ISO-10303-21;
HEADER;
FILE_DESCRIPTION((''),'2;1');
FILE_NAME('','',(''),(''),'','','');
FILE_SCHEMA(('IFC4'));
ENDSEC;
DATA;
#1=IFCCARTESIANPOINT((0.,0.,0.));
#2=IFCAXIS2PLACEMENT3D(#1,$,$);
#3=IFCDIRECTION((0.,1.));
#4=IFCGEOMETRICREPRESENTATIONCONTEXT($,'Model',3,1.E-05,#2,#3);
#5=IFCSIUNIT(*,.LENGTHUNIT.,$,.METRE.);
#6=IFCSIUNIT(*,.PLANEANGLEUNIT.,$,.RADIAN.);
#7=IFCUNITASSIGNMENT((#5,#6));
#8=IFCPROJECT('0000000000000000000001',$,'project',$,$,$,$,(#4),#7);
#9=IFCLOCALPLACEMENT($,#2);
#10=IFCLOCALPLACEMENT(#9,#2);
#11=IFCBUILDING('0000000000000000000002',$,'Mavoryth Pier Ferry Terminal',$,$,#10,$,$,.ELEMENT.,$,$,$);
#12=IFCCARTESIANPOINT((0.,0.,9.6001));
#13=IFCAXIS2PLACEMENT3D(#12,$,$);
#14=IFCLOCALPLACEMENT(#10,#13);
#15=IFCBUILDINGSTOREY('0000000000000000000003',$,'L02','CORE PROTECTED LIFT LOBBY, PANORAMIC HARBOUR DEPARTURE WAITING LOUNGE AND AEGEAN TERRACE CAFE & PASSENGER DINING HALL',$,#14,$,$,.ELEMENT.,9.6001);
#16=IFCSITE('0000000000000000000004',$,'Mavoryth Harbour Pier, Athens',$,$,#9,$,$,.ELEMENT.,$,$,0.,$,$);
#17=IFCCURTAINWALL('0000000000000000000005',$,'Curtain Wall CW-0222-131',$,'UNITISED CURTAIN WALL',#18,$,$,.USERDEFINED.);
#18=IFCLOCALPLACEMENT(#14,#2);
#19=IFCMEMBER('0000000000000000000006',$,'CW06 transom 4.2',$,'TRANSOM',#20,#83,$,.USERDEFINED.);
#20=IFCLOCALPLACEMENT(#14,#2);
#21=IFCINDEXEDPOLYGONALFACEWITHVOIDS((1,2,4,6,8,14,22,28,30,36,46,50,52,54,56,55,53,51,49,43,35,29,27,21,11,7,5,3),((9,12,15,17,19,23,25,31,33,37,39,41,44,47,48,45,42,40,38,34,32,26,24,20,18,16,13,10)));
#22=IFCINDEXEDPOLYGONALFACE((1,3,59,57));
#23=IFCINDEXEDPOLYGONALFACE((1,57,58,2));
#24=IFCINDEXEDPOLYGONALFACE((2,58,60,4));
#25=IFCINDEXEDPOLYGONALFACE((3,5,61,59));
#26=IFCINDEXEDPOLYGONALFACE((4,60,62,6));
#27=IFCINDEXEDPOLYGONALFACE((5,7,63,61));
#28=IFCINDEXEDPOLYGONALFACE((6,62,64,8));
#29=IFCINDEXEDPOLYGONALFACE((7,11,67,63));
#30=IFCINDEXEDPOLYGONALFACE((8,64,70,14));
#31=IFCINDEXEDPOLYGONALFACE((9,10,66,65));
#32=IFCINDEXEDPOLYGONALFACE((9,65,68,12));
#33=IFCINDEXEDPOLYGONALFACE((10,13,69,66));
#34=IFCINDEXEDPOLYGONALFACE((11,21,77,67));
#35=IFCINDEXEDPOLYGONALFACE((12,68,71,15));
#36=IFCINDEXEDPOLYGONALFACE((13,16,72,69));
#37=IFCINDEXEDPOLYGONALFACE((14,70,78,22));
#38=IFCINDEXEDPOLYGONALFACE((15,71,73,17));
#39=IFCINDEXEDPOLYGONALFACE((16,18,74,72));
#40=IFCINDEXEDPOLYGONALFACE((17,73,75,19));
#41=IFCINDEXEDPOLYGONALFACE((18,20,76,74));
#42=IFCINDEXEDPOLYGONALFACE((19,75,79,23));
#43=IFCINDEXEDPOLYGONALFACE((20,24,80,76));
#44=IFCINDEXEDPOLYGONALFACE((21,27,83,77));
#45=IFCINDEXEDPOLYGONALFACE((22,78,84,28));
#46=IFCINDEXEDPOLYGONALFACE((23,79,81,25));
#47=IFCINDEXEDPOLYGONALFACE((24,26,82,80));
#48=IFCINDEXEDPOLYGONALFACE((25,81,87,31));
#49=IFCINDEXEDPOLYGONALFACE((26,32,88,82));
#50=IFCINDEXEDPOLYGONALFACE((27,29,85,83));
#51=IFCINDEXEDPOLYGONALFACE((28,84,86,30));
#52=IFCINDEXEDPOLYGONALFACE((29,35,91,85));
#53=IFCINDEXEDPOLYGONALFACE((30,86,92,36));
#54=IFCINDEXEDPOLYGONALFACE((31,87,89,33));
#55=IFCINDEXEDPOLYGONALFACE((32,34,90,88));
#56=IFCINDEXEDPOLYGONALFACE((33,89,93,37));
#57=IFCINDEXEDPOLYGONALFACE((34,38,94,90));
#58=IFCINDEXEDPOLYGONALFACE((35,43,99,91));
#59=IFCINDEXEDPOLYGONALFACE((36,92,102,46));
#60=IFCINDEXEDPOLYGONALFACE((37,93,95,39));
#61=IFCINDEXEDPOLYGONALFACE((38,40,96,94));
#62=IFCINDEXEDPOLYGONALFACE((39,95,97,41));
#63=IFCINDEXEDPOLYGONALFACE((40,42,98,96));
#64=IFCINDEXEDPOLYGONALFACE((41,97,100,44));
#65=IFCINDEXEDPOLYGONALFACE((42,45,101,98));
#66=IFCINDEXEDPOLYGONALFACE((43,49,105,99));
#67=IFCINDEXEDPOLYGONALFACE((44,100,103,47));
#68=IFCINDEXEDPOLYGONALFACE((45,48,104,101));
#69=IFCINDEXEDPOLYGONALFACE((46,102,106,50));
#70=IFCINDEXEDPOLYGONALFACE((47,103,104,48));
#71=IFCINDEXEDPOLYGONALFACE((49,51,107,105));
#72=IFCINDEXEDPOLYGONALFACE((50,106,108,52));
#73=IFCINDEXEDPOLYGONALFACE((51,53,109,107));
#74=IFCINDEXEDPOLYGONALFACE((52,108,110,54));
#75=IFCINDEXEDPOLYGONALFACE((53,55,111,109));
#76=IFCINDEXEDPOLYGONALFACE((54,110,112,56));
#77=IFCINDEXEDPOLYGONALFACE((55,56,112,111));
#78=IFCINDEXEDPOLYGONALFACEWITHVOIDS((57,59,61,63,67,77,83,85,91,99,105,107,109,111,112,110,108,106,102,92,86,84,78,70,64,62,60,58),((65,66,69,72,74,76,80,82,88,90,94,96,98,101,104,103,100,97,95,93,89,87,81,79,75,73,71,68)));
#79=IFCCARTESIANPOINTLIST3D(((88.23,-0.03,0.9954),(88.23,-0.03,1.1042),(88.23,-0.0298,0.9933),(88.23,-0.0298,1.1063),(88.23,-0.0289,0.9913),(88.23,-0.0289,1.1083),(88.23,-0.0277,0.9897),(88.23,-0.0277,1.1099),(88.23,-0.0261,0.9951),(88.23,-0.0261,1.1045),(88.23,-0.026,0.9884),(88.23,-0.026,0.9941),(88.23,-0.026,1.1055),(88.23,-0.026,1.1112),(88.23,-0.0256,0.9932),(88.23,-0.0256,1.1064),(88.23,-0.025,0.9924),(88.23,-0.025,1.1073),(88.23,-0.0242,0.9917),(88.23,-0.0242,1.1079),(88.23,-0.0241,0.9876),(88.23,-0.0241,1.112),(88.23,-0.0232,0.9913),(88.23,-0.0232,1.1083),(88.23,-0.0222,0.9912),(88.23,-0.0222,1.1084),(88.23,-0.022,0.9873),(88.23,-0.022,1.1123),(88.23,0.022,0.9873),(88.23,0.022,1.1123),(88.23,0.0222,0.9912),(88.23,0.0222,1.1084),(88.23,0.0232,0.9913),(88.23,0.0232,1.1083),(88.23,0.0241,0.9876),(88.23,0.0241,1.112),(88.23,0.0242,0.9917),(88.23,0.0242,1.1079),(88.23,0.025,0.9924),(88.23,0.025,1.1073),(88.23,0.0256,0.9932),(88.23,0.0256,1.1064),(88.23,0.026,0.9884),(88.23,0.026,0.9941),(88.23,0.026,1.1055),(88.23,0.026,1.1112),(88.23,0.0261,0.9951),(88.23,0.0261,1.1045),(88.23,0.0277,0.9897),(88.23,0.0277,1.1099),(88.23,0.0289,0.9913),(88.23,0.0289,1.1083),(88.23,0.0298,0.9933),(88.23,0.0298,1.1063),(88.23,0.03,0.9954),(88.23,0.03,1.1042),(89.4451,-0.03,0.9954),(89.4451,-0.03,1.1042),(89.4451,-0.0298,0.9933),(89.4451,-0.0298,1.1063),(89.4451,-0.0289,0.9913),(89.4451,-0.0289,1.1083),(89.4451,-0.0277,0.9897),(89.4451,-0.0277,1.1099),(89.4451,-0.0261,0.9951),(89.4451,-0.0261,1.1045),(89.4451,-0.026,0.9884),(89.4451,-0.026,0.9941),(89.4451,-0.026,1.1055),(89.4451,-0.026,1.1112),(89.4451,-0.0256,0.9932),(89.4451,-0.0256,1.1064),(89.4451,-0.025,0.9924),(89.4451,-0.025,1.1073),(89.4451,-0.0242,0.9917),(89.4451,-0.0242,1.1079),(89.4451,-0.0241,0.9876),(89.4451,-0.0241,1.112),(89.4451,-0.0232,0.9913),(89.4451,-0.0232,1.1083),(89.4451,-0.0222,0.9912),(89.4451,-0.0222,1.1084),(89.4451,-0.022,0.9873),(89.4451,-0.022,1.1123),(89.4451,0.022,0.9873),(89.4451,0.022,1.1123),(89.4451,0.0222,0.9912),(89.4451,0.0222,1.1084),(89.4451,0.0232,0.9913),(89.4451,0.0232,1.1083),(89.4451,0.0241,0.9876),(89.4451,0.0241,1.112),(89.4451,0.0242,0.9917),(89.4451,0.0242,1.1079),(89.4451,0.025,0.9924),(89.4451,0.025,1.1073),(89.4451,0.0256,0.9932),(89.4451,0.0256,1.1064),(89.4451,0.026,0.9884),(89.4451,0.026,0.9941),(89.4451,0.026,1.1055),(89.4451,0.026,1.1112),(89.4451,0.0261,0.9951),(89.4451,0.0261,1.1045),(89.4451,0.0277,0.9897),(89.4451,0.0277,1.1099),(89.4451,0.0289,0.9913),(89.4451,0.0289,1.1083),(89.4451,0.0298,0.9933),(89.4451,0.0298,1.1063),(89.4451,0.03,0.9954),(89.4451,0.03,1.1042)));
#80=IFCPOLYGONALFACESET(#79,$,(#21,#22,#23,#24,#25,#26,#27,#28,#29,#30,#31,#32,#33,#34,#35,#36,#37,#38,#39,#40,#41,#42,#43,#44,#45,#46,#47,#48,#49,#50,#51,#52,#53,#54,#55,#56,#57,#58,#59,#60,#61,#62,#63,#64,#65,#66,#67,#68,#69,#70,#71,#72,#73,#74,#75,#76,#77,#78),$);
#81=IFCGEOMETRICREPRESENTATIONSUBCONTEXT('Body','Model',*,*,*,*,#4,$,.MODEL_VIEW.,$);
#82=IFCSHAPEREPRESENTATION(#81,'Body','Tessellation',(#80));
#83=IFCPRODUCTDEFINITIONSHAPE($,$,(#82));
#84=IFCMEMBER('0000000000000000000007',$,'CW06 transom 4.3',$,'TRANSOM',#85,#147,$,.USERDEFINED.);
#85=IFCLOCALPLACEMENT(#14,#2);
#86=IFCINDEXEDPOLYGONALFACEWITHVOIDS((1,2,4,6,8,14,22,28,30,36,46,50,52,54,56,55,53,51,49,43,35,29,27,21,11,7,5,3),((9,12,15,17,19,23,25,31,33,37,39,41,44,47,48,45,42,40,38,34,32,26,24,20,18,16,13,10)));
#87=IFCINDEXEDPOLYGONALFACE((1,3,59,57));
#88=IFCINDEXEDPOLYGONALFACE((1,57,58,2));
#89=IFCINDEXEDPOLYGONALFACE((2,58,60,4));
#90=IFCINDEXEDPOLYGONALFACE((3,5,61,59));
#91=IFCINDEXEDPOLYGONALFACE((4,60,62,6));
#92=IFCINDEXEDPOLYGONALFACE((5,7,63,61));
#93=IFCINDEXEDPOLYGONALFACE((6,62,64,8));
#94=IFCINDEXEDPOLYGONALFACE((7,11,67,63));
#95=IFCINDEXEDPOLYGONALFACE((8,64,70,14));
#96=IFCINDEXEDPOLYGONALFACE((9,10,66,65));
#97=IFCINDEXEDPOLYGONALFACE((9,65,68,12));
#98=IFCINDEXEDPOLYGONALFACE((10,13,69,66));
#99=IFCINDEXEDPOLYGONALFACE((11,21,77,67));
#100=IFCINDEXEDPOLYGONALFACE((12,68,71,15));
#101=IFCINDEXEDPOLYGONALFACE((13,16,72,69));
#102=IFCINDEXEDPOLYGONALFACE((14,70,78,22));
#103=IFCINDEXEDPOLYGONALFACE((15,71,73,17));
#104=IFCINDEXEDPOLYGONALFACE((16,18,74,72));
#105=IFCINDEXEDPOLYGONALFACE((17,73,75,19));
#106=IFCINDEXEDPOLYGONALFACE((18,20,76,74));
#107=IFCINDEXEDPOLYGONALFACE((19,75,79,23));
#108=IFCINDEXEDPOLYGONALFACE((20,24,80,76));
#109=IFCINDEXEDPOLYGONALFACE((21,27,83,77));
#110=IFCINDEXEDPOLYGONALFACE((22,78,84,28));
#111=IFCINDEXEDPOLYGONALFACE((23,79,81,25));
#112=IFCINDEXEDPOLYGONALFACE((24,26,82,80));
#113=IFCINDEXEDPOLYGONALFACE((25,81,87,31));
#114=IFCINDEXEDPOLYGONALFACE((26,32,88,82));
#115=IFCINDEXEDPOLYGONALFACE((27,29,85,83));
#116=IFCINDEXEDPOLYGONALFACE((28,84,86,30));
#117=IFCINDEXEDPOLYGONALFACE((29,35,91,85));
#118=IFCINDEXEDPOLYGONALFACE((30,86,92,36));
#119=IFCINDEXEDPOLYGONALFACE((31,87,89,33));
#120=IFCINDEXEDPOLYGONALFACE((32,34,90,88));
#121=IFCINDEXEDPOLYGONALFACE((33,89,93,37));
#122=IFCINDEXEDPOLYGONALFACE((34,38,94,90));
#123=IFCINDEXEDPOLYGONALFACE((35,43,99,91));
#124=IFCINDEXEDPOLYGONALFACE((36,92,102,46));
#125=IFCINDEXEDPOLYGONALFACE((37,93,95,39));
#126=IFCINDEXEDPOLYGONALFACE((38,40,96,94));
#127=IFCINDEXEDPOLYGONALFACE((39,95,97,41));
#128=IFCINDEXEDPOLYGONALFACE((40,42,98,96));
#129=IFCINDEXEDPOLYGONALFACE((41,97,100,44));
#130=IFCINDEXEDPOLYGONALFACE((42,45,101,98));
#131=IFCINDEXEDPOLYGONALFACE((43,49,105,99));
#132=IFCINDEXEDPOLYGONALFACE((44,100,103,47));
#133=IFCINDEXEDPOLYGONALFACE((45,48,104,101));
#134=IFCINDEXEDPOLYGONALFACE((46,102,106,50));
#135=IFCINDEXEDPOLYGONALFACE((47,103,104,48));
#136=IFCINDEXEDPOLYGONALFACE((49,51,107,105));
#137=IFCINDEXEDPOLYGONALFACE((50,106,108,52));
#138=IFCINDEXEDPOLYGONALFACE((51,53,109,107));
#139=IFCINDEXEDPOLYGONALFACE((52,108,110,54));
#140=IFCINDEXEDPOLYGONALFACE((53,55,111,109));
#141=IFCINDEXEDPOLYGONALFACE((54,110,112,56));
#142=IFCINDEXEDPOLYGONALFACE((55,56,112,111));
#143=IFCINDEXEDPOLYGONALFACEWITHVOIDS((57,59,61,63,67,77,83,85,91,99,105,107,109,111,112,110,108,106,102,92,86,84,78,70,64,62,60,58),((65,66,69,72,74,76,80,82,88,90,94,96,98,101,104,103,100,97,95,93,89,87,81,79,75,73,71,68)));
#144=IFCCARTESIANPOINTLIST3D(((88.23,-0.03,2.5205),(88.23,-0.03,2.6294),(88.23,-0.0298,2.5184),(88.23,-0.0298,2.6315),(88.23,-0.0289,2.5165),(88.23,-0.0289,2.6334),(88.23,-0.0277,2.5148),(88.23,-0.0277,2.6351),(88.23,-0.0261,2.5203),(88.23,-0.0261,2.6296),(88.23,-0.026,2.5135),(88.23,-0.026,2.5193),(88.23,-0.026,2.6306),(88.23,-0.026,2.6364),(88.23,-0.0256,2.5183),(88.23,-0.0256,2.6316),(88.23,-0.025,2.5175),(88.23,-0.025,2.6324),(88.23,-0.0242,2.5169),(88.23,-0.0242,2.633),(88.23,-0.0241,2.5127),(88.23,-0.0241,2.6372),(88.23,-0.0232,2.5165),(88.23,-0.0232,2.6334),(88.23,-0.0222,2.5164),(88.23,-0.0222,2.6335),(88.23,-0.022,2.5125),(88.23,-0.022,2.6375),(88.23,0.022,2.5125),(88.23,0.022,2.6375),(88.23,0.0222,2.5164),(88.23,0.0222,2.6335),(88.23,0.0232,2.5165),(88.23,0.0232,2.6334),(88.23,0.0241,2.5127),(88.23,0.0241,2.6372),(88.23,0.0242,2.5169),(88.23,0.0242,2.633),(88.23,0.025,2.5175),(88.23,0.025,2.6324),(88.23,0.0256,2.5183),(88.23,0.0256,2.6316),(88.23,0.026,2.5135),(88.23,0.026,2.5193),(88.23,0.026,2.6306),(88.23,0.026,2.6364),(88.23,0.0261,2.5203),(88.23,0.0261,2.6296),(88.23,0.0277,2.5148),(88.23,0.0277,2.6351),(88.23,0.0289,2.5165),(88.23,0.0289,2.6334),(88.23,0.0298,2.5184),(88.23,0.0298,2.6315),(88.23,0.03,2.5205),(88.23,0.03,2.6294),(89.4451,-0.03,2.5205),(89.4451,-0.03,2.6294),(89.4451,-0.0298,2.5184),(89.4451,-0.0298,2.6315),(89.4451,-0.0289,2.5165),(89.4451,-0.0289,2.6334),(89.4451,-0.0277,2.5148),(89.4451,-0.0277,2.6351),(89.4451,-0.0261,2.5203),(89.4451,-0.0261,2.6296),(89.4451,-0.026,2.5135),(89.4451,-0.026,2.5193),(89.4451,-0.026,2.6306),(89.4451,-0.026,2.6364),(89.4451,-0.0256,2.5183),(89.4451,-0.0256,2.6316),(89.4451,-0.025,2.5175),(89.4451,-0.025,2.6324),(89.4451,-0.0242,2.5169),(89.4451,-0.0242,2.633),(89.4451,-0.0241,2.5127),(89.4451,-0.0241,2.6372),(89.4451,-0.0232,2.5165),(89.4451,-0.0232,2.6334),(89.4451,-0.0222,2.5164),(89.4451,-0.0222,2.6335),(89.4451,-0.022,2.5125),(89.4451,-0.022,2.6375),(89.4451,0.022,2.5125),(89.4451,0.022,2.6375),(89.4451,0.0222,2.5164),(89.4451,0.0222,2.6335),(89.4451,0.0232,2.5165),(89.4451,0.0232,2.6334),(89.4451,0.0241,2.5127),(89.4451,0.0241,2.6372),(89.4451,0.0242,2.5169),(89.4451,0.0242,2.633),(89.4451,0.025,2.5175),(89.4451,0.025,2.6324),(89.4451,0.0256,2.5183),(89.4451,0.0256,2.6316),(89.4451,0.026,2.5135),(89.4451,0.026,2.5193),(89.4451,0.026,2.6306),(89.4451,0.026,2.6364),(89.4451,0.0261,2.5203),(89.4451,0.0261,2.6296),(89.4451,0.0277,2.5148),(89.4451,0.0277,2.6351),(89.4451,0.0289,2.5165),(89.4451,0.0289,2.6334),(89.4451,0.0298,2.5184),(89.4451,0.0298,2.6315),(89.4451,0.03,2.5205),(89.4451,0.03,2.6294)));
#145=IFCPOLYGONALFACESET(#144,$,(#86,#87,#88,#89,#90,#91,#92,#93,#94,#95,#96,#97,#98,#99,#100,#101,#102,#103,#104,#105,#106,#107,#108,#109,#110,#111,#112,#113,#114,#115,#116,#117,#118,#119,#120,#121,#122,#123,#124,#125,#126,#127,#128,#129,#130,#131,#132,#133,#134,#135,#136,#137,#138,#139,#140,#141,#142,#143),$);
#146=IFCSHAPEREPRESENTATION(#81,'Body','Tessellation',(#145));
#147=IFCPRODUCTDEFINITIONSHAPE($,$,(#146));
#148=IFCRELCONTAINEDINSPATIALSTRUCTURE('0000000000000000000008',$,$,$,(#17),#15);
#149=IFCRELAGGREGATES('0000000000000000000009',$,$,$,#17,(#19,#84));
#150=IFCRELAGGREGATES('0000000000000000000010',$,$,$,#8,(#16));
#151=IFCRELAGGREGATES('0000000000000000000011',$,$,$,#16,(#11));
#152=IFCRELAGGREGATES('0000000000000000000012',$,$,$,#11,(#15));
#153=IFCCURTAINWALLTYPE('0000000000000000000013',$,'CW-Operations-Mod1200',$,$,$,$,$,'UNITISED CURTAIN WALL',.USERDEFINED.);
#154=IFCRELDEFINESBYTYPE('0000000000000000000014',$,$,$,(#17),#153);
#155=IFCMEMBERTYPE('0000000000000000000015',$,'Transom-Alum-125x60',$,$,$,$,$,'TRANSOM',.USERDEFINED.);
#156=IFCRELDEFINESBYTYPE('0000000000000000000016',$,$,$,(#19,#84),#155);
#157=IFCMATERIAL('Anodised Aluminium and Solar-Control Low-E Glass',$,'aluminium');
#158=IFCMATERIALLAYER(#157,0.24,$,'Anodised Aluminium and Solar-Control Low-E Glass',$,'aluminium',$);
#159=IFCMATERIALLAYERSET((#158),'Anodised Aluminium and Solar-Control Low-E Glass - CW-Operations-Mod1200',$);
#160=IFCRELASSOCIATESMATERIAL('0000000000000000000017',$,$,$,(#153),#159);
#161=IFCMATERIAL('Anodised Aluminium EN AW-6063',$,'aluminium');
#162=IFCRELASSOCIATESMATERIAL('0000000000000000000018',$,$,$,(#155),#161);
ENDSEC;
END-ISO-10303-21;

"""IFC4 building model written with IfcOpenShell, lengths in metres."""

from ifc_helpers import new_model, si_unit, direction, frame, origin, origin_2d, place, context, subcontext, project, spatial, hollow_rectangle, extrude, material, layer, layer_set, material_profile, profile_set, type_object, element, aggregate, save


model = new_model("IFC4")

# Units and contexts
model_context = context("Model", 3, precision=1e-05, world=origin(), true_north=direction((0.0, 1.0)))
body_context = subcontext(model_context, "Body", "Model", "MODEL_VIEW")
ifc_project = project(units=[si_unit("LENGTHUNIT", "METRE"), si_unit("PLANEANGLEUNIT", "RADIAN")], contexts=[model_context])

# Site, building, storey
site_placement = place(None, origin())
site = spatial("IfcSite", under=ifc_project, at=site_placement, Name="Mavoryth Harbour Pier, Athens", CompositionType="ELEMENT", RefElevation=0.0)
building_placement = place(site_placement, origin())
building = spatial("IfcBuilding", under=site, at=building_placement, Name="Mavoryth Pier Ferry Terminal", CompositionType="ELEMENT")
storey_placement = place(building_placement, frame((0.0, 0.0, 9.6001)))
storey = spatial("IfcBuildingStorey", under=building, at=storey_placement, Name="L02", Description="CORE PROTECTED LIFT LOBBY, PANORAMIC HARBOUR DEPARTURE WAITING LOUNGE AND AEGEAN TERRACE CAFE & PASSENGER DINING HALL", CompositionType="ELEMENT", Elevation=9.6001)

# Curtain wall, members
ifc_material_1 = material(Name="Anodised Aluminium and Solar-Control Low-E Glass", Category="aluminium")
ifc_layer_1 = layer(ifc_material_1, 0.24, Name="Anodised Aluminium and Solar-Control Low-E Glass", Category="aluminium")
ifc_layer_set_1 = layer_set([ifc_layer_1], Name="Anodised Aluminium and Solar-Control Low-E Glass - CW-Operations-Mod1200")
curtain_wall_type = type_object("IfcCurtainWallType", Name="CW-Operations-Mod1200", ElementType="UNITISED CURTAIN WALL", PredefinedType="USERDEFINED", material=ifc_layer_set_1)
curtain_wall_placement = place(storey_placement, origin())
curtain_wall = element("IfcCurtainWall", 1, at=curtain_wall_placement, inside=storey, type_object=curtain_wall_type, Name="Curtain Wall CW-0222-131", ObjectType="UNITISED CURTAIN WALL", PredefinedType="USERDEFINED")
ifc_material_2 = material(Name="Anodised Aluminium EN AW-6063", Category="aluminium")
ifc_material_profile_1 = material_profile(ifc_material_2, hollow_rectangle(XDim=0.0601, YDim=0.125, WallThickness=0.0039, InnerFilletRadius=0.0039, OuterFilletRadius=0.0081, at=origin_2d()), Name="AL-TRAN 125x60x4", Category="aluminium")
ifc_profile_set_1 = profile_set([ifc_material_profile_1], Name="Anodised Aluminium EN AW-6063 - AL-TRAN 125x60x4")
member_type_1 = type_object("IfcMemberType", Name="Transom-Alum-125x60", ElementType="TRANSOM", PredefinedType="USERDEFINED", material=ifc_profile_set_1)
member_1_placement = place(storey_placement, frame((88.23, 0.0, 1.0498), z_axis=(1.0, 0.0, 0.0), x_axis=(0.0, 1.0, 0.0)))
member_1 = element("IfcMember", 2, at=member_1_placement, type_object=member_type_1, Name="CW06 transom 4.2", ObjectType="TRANSOM", PredefinedType="USERDEFINED", context=body_context, shape_type="SweptSolid", body=[
    extrude(hollow_rectangle(XDim=0.0601, YDim=0.125, WallThickness=0.0039, InnerFilletRadius=0.0039, OuterFilletRadius=0.0081, at=origin_2d()), origin(), (0.0, 0.0, 1.0), 1.2151),
])
member_2_placement = place(storey_placement, frame((88.23, 0.0, 2.575), z_axis=(1.0, 0.0, 0.0), x_axis=(0.0, 1.0, 0.0)))
member_2 = element("IfcMember", 3, at=member_2_placement, type_object=member_type_1, Name="CW06 transom 4.3", ObjectType="TRANSOM", PredefinedType="USERDEFINED", context=body_context, shape_type="SweptSolid", body=[
    extrude(hollow_rectangle(XDim=0.0601, YDim=0.125, WallThickness=0.0039, InnerFilletRadius=0.0039, OuterFilletRadius=0.0081, at=origin_2d()), origin(), (0.0, 0.0, 1.0), 1.2151),
])
aggregate(curtain_wall, [member_1, member_2])

save(model, "model.ifc")
